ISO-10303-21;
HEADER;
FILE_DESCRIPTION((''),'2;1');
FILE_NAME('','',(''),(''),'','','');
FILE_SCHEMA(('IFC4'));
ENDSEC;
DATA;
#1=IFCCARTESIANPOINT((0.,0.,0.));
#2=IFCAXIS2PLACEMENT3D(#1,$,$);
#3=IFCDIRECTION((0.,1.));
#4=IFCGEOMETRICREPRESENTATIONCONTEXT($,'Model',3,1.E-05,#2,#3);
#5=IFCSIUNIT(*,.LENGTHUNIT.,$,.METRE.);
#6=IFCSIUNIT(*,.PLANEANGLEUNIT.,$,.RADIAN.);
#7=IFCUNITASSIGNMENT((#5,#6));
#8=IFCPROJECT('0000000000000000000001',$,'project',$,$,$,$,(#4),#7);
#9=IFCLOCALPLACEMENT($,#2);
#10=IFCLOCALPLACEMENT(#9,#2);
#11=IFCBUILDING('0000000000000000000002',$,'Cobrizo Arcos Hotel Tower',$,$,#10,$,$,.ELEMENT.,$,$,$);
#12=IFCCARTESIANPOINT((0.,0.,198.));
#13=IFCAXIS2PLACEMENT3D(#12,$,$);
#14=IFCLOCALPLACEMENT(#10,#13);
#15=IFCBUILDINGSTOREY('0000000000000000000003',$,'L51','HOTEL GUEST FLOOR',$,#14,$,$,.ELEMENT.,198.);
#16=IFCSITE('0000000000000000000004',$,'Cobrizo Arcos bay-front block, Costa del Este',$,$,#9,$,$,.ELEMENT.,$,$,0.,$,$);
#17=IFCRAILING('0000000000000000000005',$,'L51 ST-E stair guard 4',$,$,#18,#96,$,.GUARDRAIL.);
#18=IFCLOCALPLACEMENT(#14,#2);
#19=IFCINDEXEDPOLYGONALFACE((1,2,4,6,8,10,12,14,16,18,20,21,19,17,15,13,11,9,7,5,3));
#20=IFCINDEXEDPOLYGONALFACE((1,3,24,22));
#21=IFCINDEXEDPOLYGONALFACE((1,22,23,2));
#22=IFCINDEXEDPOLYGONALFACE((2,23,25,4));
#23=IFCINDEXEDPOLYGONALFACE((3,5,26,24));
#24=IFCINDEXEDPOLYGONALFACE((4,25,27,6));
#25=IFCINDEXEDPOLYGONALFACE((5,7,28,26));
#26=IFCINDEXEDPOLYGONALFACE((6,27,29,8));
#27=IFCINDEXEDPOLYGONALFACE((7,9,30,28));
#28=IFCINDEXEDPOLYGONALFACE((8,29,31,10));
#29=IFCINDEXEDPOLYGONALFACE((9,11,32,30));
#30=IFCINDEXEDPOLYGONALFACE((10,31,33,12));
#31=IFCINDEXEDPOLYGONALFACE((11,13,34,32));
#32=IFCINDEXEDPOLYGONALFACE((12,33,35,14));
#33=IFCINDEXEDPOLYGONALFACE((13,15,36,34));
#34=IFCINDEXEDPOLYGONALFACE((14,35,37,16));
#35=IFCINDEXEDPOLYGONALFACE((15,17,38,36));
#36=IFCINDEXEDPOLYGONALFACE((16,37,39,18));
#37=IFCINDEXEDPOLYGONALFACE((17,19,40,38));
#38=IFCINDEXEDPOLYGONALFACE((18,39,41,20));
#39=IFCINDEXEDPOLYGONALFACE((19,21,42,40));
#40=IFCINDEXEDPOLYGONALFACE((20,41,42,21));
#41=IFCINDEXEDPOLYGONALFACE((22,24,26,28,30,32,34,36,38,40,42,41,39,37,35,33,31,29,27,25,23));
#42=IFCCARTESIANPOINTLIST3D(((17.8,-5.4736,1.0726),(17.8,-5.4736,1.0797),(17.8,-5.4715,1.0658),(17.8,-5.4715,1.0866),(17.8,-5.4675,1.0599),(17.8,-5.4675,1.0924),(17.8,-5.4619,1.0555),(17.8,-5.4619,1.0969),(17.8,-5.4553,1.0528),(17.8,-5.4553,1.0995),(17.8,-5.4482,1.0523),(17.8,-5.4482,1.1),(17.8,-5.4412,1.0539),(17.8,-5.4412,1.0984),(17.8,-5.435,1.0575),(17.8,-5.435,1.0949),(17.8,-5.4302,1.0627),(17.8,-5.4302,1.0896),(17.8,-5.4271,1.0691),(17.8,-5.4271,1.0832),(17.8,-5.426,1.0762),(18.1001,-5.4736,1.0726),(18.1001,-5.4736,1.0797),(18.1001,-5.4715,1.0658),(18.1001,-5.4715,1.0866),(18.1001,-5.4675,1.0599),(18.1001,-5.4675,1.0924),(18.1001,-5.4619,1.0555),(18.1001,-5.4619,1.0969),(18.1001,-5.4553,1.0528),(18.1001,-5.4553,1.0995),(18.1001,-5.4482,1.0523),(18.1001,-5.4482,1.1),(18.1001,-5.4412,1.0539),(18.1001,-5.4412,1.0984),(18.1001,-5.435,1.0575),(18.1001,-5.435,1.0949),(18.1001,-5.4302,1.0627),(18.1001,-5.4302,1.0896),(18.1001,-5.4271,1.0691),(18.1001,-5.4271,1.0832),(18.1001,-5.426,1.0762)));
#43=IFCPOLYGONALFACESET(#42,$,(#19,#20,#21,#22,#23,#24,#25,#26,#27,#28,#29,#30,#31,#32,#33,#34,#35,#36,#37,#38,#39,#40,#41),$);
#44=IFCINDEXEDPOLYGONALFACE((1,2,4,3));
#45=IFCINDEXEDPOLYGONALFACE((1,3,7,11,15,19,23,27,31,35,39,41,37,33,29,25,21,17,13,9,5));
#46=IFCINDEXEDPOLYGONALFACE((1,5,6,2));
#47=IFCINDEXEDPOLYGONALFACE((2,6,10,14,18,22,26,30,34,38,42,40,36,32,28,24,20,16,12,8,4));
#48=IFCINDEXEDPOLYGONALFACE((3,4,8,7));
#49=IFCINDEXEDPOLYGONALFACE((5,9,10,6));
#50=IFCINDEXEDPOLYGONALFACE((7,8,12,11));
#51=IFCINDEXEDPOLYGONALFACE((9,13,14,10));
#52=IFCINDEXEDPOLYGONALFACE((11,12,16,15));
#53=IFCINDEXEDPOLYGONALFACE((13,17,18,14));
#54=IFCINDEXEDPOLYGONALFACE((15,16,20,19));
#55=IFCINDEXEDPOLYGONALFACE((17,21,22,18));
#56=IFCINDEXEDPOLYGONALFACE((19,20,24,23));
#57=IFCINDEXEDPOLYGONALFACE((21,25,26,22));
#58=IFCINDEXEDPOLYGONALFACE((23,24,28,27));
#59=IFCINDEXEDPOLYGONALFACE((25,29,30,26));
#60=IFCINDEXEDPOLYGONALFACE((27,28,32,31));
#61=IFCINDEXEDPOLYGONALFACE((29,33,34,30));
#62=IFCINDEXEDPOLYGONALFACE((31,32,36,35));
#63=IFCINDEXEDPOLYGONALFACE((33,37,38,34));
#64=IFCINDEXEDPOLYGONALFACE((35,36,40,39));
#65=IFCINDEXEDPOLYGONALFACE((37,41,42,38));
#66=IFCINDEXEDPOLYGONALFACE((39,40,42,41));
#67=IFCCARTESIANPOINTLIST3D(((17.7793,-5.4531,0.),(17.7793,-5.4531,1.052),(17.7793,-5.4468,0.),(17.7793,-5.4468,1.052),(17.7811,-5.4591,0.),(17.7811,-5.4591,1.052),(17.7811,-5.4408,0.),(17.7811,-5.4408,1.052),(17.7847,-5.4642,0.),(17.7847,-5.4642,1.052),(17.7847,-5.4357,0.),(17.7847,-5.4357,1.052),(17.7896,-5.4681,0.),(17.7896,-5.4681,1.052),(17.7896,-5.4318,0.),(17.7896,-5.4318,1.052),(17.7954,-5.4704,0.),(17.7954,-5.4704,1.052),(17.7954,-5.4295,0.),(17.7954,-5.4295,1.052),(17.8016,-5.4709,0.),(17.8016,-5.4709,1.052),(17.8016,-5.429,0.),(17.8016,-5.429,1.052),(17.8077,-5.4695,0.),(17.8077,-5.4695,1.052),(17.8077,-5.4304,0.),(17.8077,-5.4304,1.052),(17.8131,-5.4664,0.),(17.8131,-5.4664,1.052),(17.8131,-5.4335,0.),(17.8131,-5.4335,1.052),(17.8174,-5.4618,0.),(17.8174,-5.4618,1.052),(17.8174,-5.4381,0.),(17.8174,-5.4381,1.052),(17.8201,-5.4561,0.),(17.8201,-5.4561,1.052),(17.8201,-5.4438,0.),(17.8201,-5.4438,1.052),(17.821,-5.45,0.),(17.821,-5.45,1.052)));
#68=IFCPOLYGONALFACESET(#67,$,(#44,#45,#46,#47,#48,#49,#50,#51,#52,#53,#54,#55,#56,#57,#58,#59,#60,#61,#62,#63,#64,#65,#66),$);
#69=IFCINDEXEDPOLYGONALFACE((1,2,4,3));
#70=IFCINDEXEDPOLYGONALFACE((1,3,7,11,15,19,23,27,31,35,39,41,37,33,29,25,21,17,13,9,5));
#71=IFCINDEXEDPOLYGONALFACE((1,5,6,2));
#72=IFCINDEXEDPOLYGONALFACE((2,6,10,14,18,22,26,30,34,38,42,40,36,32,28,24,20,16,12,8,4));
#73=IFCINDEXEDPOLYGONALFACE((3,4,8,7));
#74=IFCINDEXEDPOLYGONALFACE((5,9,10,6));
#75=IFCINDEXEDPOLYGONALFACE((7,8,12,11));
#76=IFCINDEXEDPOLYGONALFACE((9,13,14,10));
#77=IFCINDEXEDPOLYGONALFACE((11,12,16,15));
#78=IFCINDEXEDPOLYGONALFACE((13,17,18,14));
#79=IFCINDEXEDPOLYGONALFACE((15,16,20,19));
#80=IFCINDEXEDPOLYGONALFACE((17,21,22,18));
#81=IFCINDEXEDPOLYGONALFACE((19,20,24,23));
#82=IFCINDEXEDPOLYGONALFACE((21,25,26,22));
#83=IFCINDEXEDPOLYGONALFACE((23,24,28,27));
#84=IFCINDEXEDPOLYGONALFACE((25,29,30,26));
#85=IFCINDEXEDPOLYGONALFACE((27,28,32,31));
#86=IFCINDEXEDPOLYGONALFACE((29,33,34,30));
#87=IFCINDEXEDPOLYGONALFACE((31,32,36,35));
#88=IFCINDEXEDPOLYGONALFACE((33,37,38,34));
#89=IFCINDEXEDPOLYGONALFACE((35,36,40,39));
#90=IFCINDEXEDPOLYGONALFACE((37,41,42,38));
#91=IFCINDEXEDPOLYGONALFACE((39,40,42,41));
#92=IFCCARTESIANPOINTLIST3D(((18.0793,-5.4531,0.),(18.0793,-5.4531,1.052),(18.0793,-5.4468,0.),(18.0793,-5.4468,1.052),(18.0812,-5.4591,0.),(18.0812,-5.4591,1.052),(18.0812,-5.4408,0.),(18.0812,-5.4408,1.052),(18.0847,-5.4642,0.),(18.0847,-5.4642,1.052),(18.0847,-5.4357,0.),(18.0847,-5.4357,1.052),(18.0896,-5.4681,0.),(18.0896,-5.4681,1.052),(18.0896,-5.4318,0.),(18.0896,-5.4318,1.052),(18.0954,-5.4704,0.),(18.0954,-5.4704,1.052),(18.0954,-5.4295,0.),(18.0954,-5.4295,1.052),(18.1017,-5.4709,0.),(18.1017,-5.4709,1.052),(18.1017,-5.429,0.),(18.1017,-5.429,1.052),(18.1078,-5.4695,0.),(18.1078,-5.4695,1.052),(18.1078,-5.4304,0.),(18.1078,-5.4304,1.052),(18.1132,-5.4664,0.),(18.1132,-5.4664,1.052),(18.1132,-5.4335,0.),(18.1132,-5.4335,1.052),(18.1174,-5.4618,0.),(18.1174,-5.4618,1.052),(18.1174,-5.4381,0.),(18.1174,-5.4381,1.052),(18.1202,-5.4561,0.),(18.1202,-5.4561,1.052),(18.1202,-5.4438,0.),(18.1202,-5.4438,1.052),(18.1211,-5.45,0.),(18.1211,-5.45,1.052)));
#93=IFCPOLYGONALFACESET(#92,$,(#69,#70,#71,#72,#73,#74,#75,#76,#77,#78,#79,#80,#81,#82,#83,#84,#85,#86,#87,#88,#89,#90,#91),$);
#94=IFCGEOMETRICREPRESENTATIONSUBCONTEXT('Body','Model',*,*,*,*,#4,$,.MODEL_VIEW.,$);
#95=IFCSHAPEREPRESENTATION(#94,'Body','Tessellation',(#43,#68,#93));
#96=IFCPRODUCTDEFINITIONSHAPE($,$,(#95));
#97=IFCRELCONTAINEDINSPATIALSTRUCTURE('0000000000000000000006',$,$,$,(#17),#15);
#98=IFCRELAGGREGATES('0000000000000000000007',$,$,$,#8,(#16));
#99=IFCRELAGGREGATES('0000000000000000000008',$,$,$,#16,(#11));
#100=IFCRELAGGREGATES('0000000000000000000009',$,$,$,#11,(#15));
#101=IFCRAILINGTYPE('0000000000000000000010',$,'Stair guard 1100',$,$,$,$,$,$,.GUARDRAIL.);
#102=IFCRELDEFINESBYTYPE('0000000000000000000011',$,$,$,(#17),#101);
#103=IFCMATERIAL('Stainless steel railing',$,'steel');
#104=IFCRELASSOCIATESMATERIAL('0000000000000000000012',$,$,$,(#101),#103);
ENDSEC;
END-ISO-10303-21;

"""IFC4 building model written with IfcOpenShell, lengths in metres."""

from ifc_helpers import new_model, si_unit, direction, frame, origin, origin_2d, place, context, subcontext, project, spatial, circle, extrude, material, type_object, element, save


model = new_model("IFC4")

# Units and contexts
model_context = context("Model", 3, precision=1e-05, world=origin(), true_north=direction((0.0, 1.0)))
body_context = subcontext(model_context, "Body", "Model", "MODEL_VIEW")
ifc_project = project(units=[si_unit("LENGTHUNIT", "METRE"), si_unit("PLANEANGLEUNIT", "RADIAN")], contexts=[model_context])

# Site, building, storey
site_placement = place(None, origin())
site = spatial("IfcSite", under=ifc_project, at=site_placement, Name="Cobrizo Arcos bay-front block, Costa del Este", CompositionType="ELEMENT", RefElevation=0.0)
building_placement = place(site_placement, origin())
building = spatial("IfcBuilding", under=site, at=building_placement, Name="Cobrizo Arcos Hotel Tower", CompositionType="ELEMENT")
storey_placement = place(building_placement, frame((0.0, 0.0, 198.0)))
storey = spatial("IfcBuildingStorey", under=building, at=storey_placement, Name="L51", Description="HOTEL GUEST FLOOR", CompositionType="ELEMENT", Elevation=198.0)

# Railing
ifc_material_1 = material(Name="Stainless steel railing", Category="steel")
railing_type_1 = type_object("IfcRailingType", Name="Stair guard 1100", PredefinedType="GUARDRAIL", material=ifc_material_1)
railing_1_placement = place(storey_placement, frame((17.8, -5.45, 0.0)))
element("IfcRailing", 1, at=railing_1_placement, inside=storey, type_object=railing_type_1, Name="L51 ST-E stair guard 4", PredefinedType="GUARDRAIL", context=body_context, shape_type="SweptSolid", body=[
    extrude(circle(Radius=0.0239, at=origin_2d()), frame((0.0, 0.0, 1.0762), z_axis=(1.0, 0.0, 0.0), x_axis=(0.0, 1.0, 0.0)), (0.0, 0.0, 1.0), 0.3),
    extrude(circle(Radius=0.021, at=origin_2d()), origin(), (0.0, 0.0, 1.0), 1.052),
    extrude(circle(Radius=0.021, at=origin_2d()), frame((0.3, 0.0, 0.0)), (0.0, 0.0, 1.0), 1.052),
])

save(model, "model.ifc")
